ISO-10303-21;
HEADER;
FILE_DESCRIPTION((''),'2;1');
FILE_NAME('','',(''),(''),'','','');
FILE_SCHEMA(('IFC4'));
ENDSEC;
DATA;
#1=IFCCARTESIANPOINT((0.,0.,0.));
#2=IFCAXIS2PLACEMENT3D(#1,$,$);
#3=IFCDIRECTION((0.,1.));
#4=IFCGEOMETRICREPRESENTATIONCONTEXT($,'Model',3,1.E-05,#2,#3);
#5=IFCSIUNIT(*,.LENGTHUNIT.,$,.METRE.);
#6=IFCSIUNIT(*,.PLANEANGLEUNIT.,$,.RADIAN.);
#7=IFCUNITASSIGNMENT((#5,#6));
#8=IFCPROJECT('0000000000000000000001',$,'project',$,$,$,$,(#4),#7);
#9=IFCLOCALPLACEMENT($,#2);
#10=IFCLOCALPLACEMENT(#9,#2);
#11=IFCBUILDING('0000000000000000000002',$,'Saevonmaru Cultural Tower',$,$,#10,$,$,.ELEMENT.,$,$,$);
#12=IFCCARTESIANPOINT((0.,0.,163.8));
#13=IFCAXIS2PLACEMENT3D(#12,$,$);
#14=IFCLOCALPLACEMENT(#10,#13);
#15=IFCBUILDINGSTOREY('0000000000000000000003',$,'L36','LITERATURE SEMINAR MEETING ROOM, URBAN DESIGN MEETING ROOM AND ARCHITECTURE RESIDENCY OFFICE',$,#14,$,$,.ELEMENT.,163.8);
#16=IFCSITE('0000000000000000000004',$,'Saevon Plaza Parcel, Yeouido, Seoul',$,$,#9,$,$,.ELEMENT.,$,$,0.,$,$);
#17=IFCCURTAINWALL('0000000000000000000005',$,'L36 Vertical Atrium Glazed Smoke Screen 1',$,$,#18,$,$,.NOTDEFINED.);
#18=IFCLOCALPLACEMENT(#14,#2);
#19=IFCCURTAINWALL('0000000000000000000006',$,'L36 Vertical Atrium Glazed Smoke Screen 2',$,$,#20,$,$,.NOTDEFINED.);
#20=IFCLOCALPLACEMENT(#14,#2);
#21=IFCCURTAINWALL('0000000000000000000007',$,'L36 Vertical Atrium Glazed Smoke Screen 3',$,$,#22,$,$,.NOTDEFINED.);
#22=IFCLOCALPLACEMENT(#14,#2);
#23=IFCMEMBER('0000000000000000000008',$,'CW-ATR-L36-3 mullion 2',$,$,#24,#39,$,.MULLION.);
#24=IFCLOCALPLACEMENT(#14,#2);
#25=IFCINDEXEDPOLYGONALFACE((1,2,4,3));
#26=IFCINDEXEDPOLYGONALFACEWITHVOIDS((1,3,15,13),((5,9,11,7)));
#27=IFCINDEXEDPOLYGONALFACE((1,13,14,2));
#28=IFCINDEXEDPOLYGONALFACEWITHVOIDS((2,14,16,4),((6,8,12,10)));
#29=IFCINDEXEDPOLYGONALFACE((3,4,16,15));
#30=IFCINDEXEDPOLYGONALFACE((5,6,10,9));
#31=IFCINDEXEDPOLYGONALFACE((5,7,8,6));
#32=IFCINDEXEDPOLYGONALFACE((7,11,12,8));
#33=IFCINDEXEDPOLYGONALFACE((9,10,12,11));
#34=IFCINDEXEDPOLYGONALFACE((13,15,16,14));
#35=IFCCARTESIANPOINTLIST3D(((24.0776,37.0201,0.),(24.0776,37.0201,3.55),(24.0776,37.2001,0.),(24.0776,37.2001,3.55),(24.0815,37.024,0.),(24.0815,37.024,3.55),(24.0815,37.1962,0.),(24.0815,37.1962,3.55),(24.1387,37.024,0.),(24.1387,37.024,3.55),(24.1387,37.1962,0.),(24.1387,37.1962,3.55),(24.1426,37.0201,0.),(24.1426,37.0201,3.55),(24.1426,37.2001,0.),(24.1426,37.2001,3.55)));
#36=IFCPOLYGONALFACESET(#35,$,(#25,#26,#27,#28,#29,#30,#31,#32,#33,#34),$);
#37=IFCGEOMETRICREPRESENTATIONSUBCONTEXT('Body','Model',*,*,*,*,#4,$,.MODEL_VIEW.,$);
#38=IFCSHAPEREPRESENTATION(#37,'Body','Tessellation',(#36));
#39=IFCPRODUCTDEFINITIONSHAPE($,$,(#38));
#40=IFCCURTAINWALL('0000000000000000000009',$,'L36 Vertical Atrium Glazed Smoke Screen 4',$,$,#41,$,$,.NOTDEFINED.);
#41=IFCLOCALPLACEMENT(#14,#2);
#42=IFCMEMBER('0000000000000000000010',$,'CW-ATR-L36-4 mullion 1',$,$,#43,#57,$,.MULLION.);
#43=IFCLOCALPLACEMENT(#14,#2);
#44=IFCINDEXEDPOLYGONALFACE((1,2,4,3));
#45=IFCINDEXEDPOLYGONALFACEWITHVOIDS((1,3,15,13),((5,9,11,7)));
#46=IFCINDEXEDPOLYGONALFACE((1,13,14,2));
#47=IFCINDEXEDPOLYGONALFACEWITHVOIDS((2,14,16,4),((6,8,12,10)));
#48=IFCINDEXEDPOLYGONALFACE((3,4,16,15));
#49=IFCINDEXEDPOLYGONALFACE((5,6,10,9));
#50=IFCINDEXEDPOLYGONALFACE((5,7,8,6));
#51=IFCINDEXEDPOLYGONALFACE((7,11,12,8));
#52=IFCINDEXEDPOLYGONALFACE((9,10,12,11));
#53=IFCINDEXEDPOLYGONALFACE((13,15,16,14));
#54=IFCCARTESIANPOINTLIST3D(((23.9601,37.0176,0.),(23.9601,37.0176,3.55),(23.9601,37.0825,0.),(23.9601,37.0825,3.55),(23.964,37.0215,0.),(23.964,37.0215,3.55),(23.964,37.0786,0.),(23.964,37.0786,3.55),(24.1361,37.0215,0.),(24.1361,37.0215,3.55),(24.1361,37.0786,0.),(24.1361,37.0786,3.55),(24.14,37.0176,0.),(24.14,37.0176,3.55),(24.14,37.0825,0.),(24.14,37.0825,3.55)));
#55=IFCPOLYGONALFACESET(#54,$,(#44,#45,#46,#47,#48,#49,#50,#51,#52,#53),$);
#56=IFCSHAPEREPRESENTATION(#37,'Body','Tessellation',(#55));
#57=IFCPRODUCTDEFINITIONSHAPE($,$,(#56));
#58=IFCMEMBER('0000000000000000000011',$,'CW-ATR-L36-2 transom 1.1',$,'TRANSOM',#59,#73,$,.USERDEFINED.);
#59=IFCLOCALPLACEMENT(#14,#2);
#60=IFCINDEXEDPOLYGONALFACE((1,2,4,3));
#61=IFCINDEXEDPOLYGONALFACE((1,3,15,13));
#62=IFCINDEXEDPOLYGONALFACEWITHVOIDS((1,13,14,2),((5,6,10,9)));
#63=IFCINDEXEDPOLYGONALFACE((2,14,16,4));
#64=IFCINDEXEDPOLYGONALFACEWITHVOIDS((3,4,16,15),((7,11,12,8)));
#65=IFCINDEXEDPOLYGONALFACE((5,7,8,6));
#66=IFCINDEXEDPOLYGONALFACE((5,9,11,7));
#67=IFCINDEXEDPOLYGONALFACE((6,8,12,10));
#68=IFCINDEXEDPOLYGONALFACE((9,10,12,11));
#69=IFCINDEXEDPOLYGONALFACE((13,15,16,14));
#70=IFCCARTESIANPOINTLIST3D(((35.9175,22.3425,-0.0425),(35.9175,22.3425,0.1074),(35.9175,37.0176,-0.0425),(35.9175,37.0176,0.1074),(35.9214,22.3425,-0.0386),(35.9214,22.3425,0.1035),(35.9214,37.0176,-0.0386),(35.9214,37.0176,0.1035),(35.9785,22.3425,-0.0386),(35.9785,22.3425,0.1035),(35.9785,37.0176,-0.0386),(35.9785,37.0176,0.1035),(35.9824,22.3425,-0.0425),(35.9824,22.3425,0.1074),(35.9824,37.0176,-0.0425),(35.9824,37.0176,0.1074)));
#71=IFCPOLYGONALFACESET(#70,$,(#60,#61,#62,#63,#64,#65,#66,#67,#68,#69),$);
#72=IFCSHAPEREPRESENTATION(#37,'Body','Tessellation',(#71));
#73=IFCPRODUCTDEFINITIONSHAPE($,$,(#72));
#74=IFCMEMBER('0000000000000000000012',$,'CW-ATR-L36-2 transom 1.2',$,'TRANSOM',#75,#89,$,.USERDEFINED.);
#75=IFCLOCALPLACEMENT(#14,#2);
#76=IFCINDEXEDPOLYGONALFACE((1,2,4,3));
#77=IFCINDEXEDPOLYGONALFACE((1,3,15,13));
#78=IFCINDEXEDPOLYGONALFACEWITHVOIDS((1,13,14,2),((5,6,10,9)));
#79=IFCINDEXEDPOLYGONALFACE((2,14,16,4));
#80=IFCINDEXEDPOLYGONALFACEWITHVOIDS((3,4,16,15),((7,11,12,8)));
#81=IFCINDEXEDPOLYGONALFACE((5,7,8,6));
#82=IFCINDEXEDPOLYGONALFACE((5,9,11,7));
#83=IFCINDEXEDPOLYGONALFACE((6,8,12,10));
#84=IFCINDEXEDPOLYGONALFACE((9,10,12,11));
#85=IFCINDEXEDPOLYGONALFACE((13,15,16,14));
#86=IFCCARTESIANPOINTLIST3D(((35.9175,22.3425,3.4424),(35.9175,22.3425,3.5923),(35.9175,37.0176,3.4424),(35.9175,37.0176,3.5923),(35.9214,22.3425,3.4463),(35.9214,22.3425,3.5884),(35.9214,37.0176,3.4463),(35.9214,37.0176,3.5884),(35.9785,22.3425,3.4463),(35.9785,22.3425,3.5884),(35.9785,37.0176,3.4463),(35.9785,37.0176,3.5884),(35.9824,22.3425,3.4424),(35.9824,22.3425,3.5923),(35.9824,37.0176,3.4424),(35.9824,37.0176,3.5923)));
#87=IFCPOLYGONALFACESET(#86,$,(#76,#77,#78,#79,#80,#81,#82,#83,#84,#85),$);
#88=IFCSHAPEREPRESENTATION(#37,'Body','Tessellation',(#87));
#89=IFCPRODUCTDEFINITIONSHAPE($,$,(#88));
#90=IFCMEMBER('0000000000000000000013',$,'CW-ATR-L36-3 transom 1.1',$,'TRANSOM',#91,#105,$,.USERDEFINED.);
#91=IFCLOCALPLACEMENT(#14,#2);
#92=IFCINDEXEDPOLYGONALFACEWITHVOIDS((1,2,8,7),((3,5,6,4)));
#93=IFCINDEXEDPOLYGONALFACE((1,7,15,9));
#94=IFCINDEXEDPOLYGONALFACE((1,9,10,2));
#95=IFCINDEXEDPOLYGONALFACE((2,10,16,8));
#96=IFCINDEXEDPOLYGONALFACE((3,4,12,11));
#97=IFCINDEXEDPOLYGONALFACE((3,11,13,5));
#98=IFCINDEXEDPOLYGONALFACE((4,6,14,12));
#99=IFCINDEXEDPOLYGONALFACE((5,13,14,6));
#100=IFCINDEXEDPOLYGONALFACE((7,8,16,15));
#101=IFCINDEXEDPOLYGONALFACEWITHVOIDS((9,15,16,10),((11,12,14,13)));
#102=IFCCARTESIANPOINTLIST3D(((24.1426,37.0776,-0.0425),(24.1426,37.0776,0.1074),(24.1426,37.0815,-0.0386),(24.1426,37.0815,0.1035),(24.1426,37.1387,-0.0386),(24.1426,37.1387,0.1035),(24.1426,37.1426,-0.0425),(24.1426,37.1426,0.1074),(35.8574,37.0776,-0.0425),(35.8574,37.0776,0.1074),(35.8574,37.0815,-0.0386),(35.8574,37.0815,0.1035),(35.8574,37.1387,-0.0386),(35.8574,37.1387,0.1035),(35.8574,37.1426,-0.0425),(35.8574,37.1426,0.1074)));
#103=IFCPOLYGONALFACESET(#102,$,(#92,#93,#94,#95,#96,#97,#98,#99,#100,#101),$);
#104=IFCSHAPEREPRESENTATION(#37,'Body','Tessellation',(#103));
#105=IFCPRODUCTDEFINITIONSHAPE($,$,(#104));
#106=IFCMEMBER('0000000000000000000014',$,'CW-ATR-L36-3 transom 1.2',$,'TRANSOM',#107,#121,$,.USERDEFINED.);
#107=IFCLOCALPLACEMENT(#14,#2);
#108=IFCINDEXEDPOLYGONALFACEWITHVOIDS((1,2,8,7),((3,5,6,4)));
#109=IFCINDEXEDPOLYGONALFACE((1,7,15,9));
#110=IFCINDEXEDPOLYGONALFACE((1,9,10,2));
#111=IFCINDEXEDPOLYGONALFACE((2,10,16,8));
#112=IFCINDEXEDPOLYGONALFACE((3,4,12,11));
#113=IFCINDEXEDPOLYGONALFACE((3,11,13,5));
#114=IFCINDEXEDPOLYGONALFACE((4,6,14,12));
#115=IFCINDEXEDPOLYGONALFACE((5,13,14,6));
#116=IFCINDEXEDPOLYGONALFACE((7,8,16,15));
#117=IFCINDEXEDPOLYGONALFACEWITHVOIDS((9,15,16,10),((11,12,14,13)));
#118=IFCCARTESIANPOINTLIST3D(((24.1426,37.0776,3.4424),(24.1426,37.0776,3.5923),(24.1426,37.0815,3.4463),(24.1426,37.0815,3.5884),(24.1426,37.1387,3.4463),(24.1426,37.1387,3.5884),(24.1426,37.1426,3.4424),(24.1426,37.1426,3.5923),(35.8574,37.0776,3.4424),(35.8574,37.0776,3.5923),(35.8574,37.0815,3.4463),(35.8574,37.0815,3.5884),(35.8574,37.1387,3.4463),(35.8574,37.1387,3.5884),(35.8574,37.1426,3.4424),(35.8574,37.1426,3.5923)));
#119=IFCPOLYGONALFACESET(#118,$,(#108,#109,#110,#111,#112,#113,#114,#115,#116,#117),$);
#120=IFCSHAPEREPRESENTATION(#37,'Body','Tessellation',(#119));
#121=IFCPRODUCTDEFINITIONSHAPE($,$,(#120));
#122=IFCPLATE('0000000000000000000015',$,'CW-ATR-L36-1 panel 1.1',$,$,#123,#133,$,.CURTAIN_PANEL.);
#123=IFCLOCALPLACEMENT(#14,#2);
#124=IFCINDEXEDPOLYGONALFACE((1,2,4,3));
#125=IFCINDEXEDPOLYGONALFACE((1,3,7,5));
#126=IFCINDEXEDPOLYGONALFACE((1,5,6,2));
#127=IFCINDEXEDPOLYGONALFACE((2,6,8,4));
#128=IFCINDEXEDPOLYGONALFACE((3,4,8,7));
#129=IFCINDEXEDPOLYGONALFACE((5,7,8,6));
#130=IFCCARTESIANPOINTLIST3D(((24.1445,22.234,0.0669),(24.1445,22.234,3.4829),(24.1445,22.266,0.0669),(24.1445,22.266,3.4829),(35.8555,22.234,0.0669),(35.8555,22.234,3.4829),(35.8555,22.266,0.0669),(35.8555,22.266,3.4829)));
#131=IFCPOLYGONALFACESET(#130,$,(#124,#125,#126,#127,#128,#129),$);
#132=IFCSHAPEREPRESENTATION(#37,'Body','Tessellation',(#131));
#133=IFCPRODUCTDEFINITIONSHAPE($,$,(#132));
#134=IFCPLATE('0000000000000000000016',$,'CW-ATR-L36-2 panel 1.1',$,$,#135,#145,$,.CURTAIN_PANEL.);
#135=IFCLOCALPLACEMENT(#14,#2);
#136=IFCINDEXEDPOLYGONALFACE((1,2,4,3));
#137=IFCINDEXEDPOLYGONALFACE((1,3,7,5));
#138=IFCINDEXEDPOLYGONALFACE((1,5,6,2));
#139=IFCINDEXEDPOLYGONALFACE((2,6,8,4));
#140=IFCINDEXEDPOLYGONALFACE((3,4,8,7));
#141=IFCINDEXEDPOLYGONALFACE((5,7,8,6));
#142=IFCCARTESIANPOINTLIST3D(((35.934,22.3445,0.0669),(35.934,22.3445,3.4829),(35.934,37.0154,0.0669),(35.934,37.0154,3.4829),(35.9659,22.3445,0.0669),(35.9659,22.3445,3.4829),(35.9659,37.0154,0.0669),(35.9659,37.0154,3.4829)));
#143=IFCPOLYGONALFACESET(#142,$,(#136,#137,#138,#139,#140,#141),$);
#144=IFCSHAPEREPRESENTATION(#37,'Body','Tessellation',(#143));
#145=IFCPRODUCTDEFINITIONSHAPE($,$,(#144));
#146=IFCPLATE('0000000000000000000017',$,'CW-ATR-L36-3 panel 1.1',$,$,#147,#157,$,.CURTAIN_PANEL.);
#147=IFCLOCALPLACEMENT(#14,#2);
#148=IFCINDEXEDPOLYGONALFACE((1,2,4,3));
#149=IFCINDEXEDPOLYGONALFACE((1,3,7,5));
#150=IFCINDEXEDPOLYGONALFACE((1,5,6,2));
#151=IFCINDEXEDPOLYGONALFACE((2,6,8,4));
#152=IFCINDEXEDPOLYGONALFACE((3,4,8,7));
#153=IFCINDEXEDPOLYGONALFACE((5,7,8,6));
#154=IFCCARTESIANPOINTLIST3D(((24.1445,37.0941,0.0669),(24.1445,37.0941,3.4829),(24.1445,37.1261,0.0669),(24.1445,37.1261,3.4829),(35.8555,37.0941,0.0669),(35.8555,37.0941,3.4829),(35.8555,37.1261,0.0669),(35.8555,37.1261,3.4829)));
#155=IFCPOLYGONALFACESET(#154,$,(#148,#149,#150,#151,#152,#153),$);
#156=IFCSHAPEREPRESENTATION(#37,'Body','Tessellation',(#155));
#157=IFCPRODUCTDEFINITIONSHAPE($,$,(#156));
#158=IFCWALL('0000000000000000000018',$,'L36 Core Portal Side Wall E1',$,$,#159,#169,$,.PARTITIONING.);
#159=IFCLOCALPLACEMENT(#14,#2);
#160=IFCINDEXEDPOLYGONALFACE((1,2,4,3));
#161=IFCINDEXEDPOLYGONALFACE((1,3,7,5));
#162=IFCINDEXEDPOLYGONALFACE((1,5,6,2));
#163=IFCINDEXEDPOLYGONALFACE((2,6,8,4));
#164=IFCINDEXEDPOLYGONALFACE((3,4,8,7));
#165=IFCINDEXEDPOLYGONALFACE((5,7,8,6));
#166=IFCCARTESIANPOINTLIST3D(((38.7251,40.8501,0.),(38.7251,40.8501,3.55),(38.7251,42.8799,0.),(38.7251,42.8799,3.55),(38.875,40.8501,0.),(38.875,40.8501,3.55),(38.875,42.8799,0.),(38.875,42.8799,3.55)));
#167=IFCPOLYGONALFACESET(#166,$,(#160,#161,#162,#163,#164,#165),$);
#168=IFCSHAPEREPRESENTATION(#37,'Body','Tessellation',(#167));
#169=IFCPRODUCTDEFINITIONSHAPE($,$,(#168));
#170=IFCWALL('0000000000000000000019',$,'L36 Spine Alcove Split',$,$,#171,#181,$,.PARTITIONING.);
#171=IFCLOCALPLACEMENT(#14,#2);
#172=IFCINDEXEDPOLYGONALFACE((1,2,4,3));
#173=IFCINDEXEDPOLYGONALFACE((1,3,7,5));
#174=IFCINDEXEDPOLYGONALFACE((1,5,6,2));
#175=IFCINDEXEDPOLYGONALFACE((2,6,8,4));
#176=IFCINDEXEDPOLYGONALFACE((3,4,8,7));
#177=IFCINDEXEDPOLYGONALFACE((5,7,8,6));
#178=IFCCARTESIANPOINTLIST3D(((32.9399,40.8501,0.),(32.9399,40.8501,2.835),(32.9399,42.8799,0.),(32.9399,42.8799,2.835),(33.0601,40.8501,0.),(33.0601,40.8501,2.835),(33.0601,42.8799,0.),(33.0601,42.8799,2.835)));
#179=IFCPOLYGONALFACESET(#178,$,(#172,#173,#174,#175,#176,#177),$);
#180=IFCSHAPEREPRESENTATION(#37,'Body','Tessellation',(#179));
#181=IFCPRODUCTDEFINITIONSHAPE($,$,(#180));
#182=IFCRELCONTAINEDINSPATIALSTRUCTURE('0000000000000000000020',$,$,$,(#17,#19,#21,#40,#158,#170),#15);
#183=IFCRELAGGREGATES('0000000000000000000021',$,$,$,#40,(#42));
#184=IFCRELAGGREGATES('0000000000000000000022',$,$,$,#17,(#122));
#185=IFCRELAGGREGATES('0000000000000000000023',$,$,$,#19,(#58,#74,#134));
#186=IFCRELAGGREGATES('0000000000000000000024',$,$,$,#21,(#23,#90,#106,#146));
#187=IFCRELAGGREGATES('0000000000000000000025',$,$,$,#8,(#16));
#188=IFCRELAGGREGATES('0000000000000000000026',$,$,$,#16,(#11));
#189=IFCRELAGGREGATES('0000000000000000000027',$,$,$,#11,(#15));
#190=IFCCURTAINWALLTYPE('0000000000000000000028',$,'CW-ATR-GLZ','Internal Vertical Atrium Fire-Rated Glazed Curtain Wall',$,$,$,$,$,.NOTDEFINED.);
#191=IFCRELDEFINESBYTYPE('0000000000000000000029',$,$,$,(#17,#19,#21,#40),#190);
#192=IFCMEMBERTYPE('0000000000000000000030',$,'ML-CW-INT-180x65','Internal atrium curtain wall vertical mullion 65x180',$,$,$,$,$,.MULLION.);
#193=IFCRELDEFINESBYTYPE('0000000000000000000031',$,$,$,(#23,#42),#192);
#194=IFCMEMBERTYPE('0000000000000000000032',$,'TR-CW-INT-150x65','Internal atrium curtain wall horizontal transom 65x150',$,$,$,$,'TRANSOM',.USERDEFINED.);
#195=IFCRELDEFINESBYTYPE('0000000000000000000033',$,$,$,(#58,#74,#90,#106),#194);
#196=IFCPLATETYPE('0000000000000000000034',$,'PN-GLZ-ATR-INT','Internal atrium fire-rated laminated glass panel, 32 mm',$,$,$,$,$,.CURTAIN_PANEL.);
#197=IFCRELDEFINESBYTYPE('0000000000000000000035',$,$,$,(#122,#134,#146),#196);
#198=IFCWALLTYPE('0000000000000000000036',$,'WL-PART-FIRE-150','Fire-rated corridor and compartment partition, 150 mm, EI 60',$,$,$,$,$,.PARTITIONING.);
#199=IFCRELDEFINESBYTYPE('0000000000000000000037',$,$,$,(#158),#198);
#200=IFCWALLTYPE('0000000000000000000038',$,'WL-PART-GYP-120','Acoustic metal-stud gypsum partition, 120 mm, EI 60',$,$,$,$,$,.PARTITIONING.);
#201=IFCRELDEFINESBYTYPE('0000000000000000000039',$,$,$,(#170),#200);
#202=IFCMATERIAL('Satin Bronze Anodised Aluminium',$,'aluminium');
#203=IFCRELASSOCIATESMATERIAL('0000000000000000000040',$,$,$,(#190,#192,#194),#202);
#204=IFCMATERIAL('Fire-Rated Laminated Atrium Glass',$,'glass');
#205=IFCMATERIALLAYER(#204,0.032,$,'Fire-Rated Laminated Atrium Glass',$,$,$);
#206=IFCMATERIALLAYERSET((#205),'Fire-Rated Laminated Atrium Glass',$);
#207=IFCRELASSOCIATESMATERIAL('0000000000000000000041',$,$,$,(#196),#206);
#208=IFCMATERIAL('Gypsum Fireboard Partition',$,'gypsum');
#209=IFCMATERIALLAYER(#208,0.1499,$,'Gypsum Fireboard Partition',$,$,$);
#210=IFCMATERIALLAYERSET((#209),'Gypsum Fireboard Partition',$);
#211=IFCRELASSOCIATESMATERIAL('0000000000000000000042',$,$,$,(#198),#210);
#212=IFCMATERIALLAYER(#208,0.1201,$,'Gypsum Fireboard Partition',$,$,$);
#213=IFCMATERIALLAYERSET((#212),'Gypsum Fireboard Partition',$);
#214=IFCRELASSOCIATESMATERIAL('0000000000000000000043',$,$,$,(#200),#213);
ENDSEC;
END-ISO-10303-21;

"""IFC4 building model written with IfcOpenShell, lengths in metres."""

from ifc_helpers import new_model, si_unit, direction, frame, frame_2d, origin, origin_2d, place, context, subcontext, project, spatial, rectangle, hollow_rectangle, extrude, material, layer, layer_set, material_profile, profile_set, type_object, element, aggregate, save


model = new_model("IFC4")

# Units and contexts
model_context = context("Model", 3, precision=1e-05, world=origin(), true_north=direction((0.0, 1.0)))
body_context = subcontext(model_context, "Body", "Model", "MODEL_VIEW")
ifc_project = project(units=[si_unit("LENGTHUNIT", "METRE"), si_unit("PLANEANGLEUNIT", "RADIAN")], contexts=[model_context])

# Site, building, storey
site_placement = place(None, origin())
site = spatial("IfcSite", under=ifc_project, at=site_placement, Name="Saevon Plaza Parcel, Yeouido, Seoul", CompositionType="ELEMENT", RefElevation=0.0)
building_placement = place(site_placement, origin())
building = spatial("IfcBuilding", under=site, at=building_placement, Name="Saevonmaru Cultural Tower", CompositionType="ELEMENT")
storey_placement = place(building_placement, frame((0.0, 0.0, 163.8)))
storey = spatial("IfcBuildingStorey", under=building, at=storey_placement, Name="L36", Description="LITERATURE SEMINAR MEETING ROOM, URBAN DESIGN MEETING ROOM AND ARCHITECTURE RESIDENCY OFFICE", CompositionType="ELEMENT", Elevation=163.8)

# Curtain wall
ifc_material_1 = material(Name="Satin Bronze Anodised Aluminium", Category="aluminium")
curtain_wall_type = type_object("IfcCurtainWallType", Name="CW-ATR-GLZ", Description="Internal Vertical Atrium Fire-Rated Glazed Curtain Wall", PredefinedType="NOTDEFINED", material=ifc_material_1)
curtain_wall_1_placement = place(storey_placement, origin())
curtain_wall_1 = element("IfcCurtainWall", 1, at=curtain_wall_1_placement, inside=storey, type_object=curtain_wall_type, Name="L36 Vertical Atrium Glazed Smoke Screen 1", PredefinedType="NOTDEFINED")
ifc_material_profile_1 = material_profile(ifc_material_1, hollow_rectangle(XDim=0.0649, YDim=0.1799, WallThickness=0.0039, at=origin_2d()), Name="ALU-MULL-180x65x4")
ifc_profile_set_1 = profile_set([ifc_material_profile_1], Name="Satin Bronze Anodised Aluminium")
member_type_1 = type_object("IfcMemberType", Name="ML-CW-INT-180x65", Description="Internal atrium curtain wall vertical mullion 65x180", PredefinedType="MULLION", material=ifc_profile_set_1)

# Curtain walls, member
curtain_wall_2_placement = place(storey_placement, origin())
curtain_wall_2 = element("IfcCurtainWall", 2, at=curtain_wall_2_placement, inside=storey, type_object=curtain_wall_type, Name="L36 Vertical Atrium Glazed Smoke Screen 2", PredefinedType="NOTDEFINED")
curtain_wall_3_placement = place(storey_placement, origin())
curtain_wall_3 = element("IfcCurtainWall", 3, at=curtain_wall_3_placement, inside=storey, type_object=curtain_wall_type, Name="L36 Vertical Atrium Glazed Smoke Screen 3", PredefinedType="NOTDEFINED")
member_1_placement = place(storey_placement, frame((24.1101, 37.1101, 0.0), z_axis=(0.0, 0.0, 1.0), x_axis=(-1.0, 0.0, 0.0)))
member_1 = element("IfcMember", 4, at=member_1_placement, type_object=member_type_1, Name="CW-ATR-L36-3 mullion 2", PredefinedType="MULLION", context=body_context, shape_type="SweptSolid", body=[
    extrude(hollow_rectangle(XDim=0.0649, YDim=0.1799, WallThickness=0.0039, at=origin_2d()), origin(), (0.0, 0.0, 1.0), 3.55),
])

# Curtain wall, member
curtain_wall_4_placement = place(storey_placement, origin())
curtain_wall_4 = element("IfcCurtainWall", 5, at=curtain_wall_4_placement, inside=storey, type_object=curtain_wall_type, Name="L36 Vertical Atrium Glazed Smoke Screen 4", PredefinedType="NOTDEFINED")
member_2_placement = place(storey_placement, frame((24.05, 37.05, 0.0), z_axis=(0.0, 0.0, 1.0), x_axis=(0.0, -1.0, 0.0)))
member_2 = element("IfcMember", 6, at=member_2_placement, type_object=member_type_1, Name="CW-ATR-L36-4 mullion 1", PredefinedType="MULLION", context=body_context, shape_type="SweptSolid", body=[
    extrude(hollow_rectangle(XDim=0.0649, YDim=0.1799, WallThickness=0.0039, at=origin_2d()), origin(), (0.0, 0.0, 1.0), 3.55),
])
aggregate(curtain_wall_4, [member_2])

# Members
ifc_material_profile_2 = material_profile(ifc_material_1, hollow_rectangle(XDim=0.0649, YDim=0.1499, WallThickness=0.0039, at=origin_2d()), Name="ALU-TRAN-150x65x4")
ifc_profile_set_2 = profile_set([ifc_material_profile_2], Name="Satin Bronze Anodised Aluminium")
member_type_2 = type_object("IfcMemberType", Name="TR-CW-INT-150x65", Description="Internal atrium curtain wall horizontal transom 65x150", ElementType="TRANSOM", PredefinedType="USERDEFINED", material=ifc_profile_set_2)
member_3_placement = place(storey_placement, frame((35.95, 22.3425, 0.0325), z_axis=(0.0, 1.0, 0.0), x_axis=(-1.0, 0.0, 0.0)))
member_3 = element("IfcMember", 7, at=member_3_placement, type_object=member_type_2, Name="CW-ATR-L36-2 transom 1.1", ObjectType="TRANSOM", PredefinedType="USERDEFINED", context=body_context, shape_type="SweptSolid", body=[
    extrude(hollow_rectangle(XDim=0.0649, YDim=0.1499, WallThickness=0.0039, at=origin_2d()), origin(), (0.0, 0.0, 1.0), 14.675),
])
member_4_placement = place(storey_placement, frame((35.95, 22.3425, 3.5173), z_axis=(0.0, 1.0, 0.0), x_axis=(-1.0, 0.0, 0.0)))
member_4 = element("IfcMember", 8, at=member_4_placement, type_object=member_type_2, Name="CW-ATR-L36-2 transom 1.2", ObjectType="TRANSOM", PredefinedType="USERDEFINED", context=body_context, shape_type="SweptSolid", body=[
    extrude(hollow_rectangle(XDim=0.0649, YDim=0.1499, WallThickness=0.0039, at=origin_2d()), origin(), (0.0, 0.0, 1.0), 14.675),
])
member_5_placement = place(storey_placement, frame((35.8574, 37.1101, 0.0325), z_axis=(-1.0, 0.0, 0.0), x_axis=(0.0, -1.0, 0.0)))
member_5 = element("IfcMember", 9, at=member_5_placement, type_object=member_type_2, Name="CW-ATR-L36-3 transom 1.1", ObjectType="TRANSOM", PredefinedType="USERDEFINED", context=body_context, shape_type="SweptSolid", body=[
    extrude(hollow_rectangle(XDim=0.0649, YDim=0.1499, WallThickness=0.0039, at=origin_2d()), origin(), (0.0, 0.0, 1.0), 11.7148),
])
member_6_placement = place(storey_placement, frame((35.8574, 37.1101, 3.5173), z_axis=(-1.0, 0.0, 0.0), x_axis=(0.0, -1.0, 0.0)))
member_6 = element("IfcMember", 10, at=member_6_placement, type_object=member_type_2, Name="CW-ATR-L36-3 transom 1.2", ObjectType="TRANSOM", PredefinedType="USERDEFINED", context=body_context, shape_type="SweptSolid", body=[
    extrude(hollow_rectangle(XDim=0.0649, YDim=0.1499, WallThickness=0.0039, at=origin_2d()), origin(), (0.0, 0.0, 1.0), 11.7148),
])

# Plates
ifc_material_2 = material(Name="Fire-Rated Laminated Atrium Glass", Category="glass")
ifc_layer_1 = layer(ifc_material_2, 0.032, Name="Fire-Rated Laminated Atrium Glass")
ifc_layer_set_1 = layer_set([ifc_layer_1], Name="Fire-Rated Laminated Atrium Glass")
plate_type = type_object("IfcPlateType", Name="PN-GLZ-ATR-INT", Description="Internal atrium fire-rated laminated glass panel, 32 mm", PredefinedType="CURTAIN_PANEL", material=ifc_layer_set_1)
plate_1_placement = place(storey_placement, frame((30.0, 22.25, 0.0669), z_axis=(0.0, 0.0, 1.0), x_axis=(1.0, 0.0, 0.0)))
plate_1 = element("IfcPlate", 11, at=plate_1_placement, type_object=plate_type, Name="CW-ATR-L36-1 panel 1.1", PredefinedType="CURTAIN_PANEL", context=body_context, shape_type="SweptSolid", body=[
    extrude(rectangle(XDim=11.7109, YDim=0.032, at=origin_2d()), origin(), (0.0, 0.0, 1.0), 3.416),
])
aggregate(curtain_wall_1, [plate_1])
plate_2_placement = place(storey_placement, frame((35.95, 29.6799, 0.0669), z_axis=(0.0, 0.0, 1.0), x_axis=(0.0, 1.0, 0.0)))
plate_2 = element("IfcPlate", 12, at=plate_2_placement, type_object=plate_type, Name="CW-ATR-L36-2 panel 1.1", PredefinedType="CURTAIN_PANEL", context=body_context, shape_type="SweptSolid", body=[
    extrude(rectangle(XDim=14.6709, YDim=0.032, at=origin_2d()), origin(), (0.0, 0.0, 1.0), 3.416),
])
aggregate(curtain_wall_2, [member_3, member_4, plate_2])
plate_3_placement = place(storey_placement, frame((30.0, 37.1101, 0.0669), z_axis=(0.0, 0.0, 1.0), x_axis=(-1.0, 0.0, 0.0)))
plate_3 = element("IfcPlate", 13, at=plate_3_placement, type_object=plate_type, Name="CW-ATR-L36-3 panel 1.1", PredefinedType="CURTAIN_PANEL", context=body_context, shape_type="SweptSolid", body=[
    extrude(rectangle(XDim=11.7109, YDim=0.032, at=origin_2d()), origin(), (0.0, 0.0, 1.0), 3.416),
])
aggregate(curtain_wall_3, [member_1, member_5, member_6, plate_3])

# Walls
ifc_material_3 = material(Name="Gypsum Fireboard Partition", Category="gypsum")
ifc_layer_2 = layer(ifc_material_3, 0.1499, Name="Gypsum Fireboard Partition")
ifc_layer_set_2 = layer_set([ifc_layer_2], Name="Gypsum Fireboard Partition")
wall_type_1 = type_object("IfcWallType", Name="WL-PART-FIRE-150", Description="Fire-rated corridor and compartment partition, 150 mm, EI 60", PredefinedType="PARTITIONING", material=ifc_layer_set_2)
wall_1_placement = place(storey_placement, frame((38.8, 40.8501, 0.0), z_axis=(0.0, 0.0, 1.0), x_axis=(0.0, 1.0, 0.0)))
element("IfcWall", 14, at=wall_1_placement, inside=storey, type_object=wall_type_1, Name="L36 Core Portal Side Wall E1", PredefinedType="PARTITIONING", context=body_context, shape_type="SweptSolid", body=[
    extrude(rectangle(XDim=2.0298, YDim=0.1499, at=frame_2d((1.0149, 0.0))), origin(), (0.0, 0.0, 1.0), 3.55),
])
ifc_layer_3 = layer(ifc_material_3, 0.1201, Name="Gypsum Fireboard Partition")
ifc_layer_set_3 = layer_set([ifc_layer_3], Name="Gypsum Fireboard Partition")
wall_type_2 = type_object("IfcWallType", Name="WL-PART-GYP-120", Description="Acoustic metal-stud gypsum partition, 120 mm, EI 60", PredefinedType="PARTITIONING", material=ifc_layer_set_3)
wall_2_placement = place(storey_placement, frame((33.0, 40.8501, 0.0), z_axis=(0.0, 0.0, 1.0), x_axis=(0.0, 1.0, 0.0)))
element("IfcWall", 15, at=wall_2_placement, inside=storey, type_object=wall_type_2, Name="L36 Spine Alcove Split", PredefinedType="PARTITIONING", context=body_context, shape_type="SweptSolid", body=[
    extrude(rectangle(XDim=2.0298, YDim=0.1201, at=frame_2d((1.0149, 0.0))), origin(), (0.0, 0.0, 1.0), 2.835),
])

save(model, "model.ifc")
